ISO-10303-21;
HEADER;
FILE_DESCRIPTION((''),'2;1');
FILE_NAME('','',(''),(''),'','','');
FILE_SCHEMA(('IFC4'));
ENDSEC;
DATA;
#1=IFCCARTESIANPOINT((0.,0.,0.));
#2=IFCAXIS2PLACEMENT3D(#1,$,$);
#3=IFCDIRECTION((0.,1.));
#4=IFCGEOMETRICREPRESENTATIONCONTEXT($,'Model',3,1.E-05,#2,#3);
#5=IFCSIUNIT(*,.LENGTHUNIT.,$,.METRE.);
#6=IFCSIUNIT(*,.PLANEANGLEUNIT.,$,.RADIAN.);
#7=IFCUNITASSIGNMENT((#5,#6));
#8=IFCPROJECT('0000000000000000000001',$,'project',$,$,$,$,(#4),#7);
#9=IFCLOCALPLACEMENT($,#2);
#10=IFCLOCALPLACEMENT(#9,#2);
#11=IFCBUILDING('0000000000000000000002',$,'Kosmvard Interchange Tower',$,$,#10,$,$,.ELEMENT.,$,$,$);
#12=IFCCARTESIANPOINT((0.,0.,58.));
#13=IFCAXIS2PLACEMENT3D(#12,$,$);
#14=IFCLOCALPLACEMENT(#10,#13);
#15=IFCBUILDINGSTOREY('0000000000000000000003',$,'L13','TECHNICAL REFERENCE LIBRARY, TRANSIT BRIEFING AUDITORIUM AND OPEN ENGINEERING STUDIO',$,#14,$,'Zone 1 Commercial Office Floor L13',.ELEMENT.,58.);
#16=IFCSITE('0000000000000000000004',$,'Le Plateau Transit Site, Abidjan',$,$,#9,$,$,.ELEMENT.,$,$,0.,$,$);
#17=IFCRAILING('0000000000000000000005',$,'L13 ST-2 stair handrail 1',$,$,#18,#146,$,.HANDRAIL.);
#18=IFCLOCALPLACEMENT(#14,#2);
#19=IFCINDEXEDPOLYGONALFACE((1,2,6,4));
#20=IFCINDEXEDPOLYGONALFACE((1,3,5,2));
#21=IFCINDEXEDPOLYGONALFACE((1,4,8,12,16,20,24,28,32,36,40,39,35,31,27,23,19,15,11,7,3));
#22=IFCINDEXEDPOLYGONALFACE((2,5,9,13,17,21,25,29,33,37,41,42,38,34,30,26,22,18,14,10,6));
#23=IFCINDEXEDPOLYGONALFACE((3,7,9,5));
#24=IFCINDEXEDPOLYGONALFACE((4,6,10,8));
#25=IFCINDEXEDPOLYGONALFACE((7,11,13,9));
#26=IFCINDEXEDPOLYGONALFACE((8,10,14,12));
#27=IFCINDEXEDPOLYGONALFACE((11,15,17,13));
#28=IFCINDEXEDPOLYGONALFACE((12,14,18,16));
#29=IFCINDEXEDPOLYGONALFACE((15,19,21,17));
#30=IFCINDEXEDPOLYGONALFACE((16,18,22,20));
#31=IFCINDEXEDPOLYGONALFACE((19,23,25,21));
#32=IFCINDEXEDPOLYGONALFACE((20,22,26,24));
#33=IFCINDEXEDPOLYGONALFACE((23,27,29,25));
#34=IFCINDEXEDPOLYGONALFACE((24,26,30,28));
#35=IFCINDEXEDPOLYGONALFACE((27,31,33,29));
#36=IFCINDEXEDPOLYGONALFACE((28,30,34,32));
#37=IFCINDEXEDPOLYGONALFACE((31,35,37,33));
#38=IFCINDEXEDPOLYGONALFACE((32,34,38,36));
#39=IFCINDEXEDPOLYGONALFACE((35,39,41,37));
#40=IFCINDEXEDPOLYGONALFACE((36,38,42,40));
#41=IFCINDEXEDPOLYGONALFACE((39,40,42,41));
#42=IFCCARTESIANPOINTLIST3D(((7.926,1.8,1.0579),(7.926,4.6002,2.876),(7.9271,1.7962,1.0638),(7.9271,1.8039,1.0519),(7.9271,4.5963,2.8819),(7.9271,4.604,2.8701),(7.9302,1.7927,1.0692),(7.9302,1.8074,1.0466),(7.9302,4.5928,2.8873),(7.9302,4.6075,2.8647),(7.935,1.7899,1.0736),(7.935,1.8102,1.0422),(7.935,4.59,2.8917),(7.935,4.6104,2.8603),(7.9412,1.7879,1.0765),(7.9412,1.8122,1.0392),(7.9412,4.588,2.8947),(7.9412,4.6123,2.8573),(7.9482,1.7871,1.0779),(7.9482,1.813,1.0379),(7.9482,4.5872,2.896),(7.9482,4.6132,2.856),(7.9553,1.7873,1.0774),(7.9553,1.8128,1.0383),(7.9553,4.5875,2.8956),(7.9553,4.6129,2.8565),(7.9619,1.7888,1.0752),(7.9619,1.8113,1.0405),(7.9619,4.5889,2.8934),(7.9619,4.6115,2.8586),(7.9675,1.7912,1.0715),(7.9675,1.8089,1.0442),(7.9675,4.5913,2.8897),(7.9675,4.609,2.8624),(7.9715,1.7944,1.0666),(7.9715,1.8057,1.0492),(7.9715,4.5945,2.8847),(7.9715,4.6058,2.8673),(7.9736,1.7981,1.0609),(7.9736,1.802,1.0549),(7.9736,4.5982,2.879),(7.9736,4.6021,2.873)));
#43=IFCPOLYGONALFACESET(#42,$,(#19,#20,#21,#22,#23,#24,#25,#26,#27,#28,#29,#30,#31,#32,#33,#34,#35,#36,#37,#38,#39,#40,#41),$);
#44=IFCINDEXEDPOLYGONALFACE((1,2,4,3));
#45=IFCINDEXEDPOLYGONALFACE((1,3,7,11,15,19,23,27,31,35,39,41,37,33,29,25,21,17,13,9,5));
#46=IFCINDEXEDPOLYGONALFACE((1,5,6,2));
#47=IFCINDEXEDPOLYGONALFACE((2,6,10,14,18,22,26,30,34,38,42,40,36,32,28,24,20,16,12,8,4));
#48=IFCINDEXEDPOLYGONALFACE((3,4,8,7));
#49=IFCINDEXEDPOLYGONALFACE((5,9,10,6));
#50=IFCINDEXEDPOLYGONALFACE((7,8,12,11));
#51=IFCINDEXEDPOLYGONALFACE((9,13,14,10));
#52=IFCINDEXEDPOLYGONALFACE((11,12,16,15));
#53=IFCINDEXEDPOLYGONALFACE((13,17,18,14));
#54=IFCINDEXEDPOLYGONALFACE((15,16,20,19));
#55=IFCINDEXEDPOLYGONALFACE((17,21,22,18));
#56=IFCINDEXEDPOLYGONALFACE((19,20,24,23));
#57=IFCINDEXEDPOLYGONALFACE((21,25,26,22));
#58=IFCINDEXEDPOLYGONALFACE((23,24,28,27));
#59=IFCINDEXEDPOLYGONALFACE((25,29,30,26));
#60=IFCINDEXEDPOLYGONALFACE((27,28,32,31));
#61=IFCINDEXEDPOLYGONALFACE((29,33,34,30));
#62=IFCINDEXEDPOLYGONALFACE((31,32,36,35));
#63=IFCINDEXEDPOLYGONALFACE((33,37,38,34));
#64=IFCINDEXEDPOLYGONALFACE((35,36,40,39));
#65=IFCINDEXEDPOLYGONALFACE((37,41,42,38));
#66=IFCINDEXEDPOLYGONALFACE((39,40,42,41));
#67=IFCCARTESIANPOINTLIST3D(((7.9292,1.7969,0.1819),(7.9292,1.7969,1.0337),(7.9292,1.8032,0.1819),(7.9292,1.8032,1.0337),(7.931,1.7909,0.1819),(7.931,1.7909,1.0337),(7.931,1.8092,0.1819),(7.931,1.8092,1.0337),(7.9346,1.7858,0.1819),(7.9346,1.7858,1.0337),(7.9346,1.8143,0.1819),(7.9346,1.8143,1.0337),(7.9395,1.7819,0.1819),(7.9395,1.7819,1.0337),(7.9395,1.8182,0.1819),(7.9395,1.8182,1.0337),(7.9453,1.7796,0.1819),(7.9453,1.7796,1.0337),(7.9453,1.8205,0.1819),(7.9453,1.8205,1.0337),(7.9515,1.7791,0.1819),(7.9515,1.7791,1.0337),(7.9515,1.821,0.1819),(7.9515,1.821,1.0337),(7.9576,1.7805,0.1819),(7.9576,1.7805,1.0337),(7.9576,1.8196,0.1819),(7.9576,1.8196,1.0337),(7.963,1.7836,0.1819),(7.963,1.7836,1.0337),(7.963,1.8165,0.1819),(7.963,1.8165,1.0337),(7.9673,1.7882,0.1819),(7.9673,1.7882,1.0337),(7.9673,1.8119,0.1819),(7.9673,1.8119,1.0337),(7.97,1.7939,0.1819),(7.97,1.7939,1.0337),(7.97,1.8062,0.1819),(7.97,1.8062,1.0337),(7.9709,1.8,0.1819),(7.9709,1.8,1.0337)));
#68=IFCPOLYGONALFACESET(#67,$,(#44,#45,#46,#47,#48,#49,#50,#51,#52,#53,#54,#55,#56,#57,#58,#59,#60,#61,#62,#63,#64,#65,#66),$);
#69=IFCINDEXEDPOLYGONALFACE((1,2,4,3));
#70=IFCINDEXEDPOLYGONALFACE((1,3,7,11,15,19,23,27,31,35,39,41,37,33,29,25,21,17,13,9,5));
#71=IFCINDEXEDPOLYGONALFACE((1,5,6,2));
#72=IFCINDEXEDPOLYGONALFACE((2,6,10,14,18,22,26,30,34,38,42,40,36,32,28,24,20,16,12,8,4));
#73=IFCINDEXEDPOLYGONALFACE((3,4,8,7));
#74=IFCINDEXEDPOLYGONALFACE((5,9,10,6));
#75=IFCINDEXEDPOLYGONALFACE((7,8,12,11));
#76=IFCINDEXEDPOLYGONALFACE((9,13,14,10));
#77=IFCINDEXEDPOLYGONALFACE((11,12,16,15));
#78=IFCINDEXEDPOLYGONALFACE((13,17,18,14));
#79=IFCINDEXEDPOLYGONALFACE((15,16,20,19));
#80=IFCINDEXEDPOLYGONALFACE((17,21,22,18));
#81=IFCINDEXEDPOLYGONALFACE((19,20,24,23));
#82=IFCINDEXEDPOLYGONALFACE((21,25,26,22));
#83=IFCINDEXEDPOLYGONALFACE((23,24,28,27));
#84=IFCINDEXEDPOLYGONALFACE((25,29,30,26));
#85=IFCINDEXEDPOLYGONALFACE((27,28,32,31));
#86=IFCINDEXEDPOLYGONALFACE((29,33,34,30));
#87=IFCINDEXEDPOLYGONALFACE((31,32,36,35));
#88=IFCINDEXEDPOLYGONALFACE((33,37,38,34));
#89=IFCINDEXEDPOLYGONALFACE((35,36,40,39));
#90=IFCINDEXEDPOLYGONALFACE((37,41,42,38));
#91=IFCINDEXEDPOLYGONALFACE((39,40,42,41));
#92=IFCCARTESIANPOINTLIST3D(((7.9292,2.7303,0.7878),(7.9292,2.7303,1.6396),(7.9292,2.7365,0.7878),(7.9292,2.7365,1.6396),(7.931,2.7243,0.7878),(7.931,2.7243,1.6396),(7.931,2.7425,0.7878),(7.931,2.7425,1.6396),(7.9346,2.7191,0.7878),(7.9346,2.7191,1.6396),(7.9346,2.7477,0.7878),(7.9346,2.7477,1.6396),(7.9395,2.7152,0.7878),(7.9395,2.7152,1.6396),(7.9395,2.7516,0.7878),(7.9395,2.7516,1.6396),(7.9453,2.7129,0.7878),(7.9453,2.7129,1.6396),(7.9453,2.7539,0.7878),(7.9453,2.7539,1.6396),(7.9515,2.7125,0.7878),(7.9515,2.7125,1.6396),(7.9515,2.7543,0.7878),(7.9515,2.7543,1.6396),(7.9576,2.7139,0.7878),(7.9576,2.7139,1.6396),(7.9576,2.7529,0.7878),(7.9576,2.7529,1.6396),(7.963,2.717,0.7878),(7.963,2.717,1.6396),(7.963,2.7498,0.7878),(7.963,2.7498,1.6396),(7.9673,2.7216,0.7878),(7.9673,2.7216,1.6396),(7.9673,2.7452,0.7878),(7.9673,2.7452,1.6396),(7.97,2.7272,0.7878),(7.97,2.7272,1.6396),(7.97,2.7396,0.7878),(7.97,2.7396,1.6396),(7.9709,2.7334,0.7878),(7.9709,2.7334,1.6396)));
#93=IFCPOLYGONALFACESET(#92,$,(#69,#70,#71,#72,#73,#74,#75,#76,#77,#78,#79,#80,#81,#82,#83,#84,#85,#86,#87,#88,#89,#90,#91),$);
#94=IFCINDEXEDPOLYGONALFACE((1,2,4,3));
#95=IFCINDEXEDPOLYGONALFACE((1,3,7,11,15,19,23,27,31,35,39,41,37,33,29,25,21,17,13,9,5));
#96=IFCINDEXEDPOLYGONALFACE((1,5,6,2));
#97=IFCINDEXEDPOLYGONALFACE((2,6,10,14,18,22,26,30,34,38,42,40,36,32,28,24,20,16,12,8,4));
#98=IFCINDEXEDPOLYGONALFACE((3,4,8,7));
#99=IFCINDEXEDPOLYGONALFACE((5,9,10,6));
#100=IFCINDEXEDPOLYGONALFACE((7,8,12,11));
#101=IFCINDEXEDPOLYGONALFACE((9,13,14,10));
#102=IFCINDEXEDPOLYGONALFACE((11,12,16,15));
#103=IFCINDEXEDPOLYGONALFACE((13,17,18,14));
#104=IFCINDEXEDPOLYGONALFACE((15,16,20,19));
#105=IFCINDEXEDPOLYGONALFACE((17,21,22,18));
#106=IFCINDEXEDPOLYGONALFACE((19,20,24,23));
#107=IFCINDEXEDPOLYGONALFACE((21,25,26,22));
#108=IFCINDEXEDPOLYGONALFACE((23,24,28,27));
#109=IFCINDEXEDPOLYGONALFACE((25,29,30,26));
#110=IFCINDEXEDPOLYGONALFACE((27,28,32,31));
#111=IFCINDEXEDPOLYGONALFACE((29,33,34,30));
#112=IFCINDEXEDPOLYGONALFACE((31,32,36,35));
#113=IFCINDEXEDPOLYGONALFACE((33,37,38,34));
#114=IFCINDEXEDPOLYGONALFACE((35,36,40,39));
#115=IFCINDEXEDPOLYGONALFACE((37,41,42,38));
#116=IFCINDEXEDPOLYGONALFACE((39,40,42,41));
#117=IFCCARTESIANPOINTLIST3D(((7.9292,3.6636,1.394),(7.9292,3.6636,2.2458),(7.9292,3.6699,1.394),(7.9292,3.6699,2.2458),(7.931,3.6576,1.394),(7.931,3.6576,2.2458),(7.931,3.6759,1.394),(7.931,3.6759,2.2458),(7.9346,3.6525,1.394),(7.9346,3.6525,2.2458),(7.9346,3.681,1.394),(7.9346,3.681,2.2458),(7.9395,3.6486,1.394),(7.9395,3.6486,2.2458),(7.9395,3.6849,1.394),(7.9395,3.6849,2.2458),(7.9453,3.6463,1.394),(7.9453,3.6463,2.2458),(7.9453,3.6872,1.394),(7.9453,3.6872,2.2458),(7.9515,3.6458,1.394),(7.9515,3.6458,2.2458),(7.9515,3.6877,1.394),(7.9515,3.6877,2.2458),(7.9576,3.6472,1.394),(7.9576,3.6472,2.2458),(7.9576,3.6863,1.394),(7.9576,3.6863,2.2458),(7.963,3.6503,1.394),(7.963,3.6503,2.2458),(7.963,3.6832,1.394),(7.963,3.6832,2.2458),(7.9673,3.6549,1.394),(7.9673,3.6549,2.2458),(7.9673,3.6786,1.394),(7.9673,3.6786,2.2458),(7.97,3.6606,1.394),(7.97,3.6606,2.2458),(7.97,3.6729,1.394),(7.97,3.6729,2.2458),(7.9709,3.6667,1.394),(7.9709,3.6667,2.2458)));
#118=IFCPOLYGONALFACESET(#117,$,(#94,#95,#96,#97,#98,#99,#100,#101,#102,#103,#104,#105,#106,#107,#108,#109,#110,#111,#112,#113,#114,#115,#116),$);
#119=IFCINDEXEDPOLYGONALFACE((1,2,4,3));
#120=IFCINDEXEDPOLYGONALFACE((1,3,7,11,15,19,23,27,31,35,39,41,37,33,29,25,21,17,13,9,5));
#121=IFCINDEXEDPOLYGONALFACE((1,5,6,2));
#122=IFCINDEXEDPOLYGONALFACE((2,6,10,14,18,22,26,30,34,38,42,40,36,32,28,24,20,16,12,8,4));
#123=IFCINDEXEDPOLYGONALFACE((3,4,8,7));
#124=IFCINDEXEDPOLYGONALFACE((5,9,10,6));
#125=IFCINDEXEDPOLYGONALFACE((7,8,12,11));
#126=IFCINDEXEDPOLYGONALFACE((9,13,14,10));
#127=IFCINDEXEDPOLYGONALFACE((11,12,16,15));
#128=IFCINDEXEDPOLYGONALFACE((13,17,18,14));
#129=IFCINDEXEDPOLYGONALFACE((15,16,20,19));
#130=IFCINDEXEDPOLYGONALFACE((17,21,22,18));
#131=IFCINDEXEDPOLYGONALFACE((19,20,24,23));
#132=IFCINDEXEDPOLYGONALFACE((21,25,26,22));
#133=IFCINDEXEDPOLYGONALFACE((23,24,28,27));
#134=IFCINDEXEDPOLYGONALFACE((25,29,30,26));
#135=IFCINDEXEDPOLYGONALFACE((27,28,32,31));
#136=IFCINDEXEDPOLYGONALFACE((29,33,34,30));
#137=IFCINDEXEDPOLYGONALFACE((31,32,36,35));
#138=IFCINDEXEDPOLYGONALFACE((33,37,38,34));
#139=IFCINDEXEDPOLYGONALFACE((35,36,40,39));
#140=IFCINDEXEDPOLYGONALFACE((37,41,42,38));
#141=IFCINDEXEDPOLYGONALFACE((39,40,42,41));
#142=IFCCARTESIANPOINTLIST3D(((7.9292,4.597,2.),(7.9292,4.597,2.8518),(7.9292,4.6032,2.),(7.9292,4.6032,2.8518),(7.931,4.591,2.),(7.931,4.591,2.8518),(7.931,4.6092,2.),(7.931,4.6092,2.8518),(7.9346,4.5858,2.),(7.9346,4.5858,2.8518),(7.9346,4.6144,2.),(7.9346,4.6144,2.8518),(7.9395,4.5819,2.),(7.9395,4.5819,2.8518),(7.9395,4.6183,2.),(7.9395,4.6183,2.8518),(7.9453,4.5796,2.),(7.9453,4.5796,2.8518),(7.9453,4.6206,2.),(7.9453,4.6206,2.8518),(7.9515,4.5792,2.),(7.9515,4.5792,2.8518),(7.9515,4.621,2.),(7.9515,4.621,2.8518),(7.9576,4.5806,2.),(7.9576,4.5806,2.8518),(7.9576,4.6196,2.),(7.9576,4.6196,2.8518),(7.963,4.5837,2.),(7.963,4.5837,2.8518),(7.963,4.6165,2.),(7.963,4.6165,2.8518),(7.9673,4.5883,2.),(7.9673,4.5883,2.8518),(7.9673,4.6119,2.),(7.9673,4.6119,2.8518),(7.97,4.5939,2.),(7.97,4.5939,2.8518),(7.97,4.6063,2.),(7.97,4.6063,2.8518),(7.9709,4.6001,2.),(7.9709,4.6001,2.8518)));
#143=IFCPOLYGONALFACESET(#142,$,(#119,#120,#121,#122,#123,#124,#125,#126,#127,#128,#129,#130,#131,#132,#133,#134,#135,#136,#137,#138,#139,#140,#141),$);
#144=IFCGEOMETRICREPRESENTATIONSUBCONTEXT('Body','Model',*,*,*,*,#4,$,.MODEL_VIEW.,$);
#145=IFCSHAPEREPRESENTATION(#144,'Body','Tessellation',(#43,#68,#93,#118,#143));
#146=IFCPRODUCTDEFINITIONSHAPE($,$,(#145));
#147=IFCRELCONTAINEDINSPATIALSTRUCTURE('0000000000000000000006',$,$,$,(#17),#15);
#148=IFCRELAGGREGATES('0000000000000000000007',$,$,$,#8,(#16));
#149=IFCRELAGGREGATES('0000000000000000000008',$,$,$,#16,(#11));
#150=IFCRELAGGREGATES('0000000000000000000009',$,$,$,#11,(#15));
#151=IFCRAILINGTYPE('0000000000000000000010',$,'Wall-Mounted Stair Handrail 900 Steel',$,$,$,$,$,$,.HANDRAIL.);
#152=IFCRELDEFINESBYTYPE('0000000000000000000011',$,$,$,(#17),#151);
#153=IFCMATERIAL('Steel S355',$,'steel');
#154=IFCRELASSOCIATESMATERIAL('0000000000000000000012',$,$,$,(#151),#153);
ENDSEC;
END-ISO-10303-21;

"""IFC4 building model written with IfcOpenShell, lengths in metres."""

from ifc_helpers import new_model, si_unit, direction, frame, origin, origin_2d, place, context, subcontext, project, spatial, circle, extrude, source, transform, mapped, material, type_object, element, save


model = new_model("IFC4")

# Units and contexts
model_context = context("Model", 3, precision=1e-05, world=origin(), true_north=direction((0.0, 1.0)))
body_context = subcontext(model_context, "Body", "Model", "MODEL_VIEW")
ifc_project = project(units=[si_unit("LENGTHUNIT", "METRE"), si_unit("PLANEANGLEUNIT", "RADIAN")], contexts=[model_context])

# Site, building, storey
site_placement = place(None, origin())
site = spatial("IfcSite", under=ifc_project, at=site_placement, Name="Le Plateau Transit Site, Abidjan", CompositionType="ELEMENT", RefElevation=0.0)
building_placement = place(site_placement, origin())
building = spatial("IfcBuilding", under=site, at=building_placement, Name="Kosmvard Interchange Tower", CompositionType="ELEMENT")
storey_placement = place(building_placement, frame((0.0, 0.0, 58.0)))
storey = spatial("IfcBuildingStorey", under=building, at=storey_placement, Name="L13", Description="TECHNICAL REFERENCE LIBRARY, TRANSIT BRIEFING AUDITORIUM AND OPEN ENGINEERING STUDIO", LongName="Zone 1 Commercial Office Floor L13", CompositionType="ELEMENT", Elevation=58.0)

# Shared definitions
ifc_material_1 = material(Name="Steel S355", Category="steel")

# Railing
railing_type_1 = type_object("IfcRailingType", Name="Wall-Mounted Stair Handrail 900 Steel", PredefinedType="HANDRAIL", material=ifc_material_1)
shared_shape_1 = source(origin(), body_context, "Body", "SweptSolid", [
    extrude(circle(Radius=0.0239, at=origin_2d()), frame((0.0, 0.0, 0.876), z_axis=(0.0, 0.838706, 0.544585), x_axis=(-1.0, 0.0, 0.0)), (0.0, 0.0, 1.0), 3.3386),
    extrude(circle(Radius=0.021, at=origin_2d()), origin(), (0.0, 0.0, 1.0), 0.8518),
    extrude(circle(Radius=0.021, at=origin_2d()), frame((0.0, 0.9333, 0.606)), (0.0, 0.0, 1.0), 0.8518),
    extrude(circle(Radius=0.021, at=origin_2d()), frame((0.0, 1.8667, 1.2122)), (0.0, 0.0, 1.0), 0.8518),
    extrude(circle(Radius=0.021, at=origin_2d()), frame((0.0, 2.8, 1.8181)), (0.0, 0.0, 1.0), 0.8518),
])
railing_1_placement = place(storey_placement, frame((7.95, 1.8, 0.1819)))
element("IfcRailing", 1, at=railing_1_placement, inside=storey, type_object=railing_type_1, Name="L13 ST-2 stair handrail 1", PredefinedType="HANDRAIL", context=body_context, shape_type="MappedRepresentation", body=[
    mapped(shared_shape_1, transform((0.0, 0.0, 0.0), scale=1.0)),
])

save(model, "model.ifc")
